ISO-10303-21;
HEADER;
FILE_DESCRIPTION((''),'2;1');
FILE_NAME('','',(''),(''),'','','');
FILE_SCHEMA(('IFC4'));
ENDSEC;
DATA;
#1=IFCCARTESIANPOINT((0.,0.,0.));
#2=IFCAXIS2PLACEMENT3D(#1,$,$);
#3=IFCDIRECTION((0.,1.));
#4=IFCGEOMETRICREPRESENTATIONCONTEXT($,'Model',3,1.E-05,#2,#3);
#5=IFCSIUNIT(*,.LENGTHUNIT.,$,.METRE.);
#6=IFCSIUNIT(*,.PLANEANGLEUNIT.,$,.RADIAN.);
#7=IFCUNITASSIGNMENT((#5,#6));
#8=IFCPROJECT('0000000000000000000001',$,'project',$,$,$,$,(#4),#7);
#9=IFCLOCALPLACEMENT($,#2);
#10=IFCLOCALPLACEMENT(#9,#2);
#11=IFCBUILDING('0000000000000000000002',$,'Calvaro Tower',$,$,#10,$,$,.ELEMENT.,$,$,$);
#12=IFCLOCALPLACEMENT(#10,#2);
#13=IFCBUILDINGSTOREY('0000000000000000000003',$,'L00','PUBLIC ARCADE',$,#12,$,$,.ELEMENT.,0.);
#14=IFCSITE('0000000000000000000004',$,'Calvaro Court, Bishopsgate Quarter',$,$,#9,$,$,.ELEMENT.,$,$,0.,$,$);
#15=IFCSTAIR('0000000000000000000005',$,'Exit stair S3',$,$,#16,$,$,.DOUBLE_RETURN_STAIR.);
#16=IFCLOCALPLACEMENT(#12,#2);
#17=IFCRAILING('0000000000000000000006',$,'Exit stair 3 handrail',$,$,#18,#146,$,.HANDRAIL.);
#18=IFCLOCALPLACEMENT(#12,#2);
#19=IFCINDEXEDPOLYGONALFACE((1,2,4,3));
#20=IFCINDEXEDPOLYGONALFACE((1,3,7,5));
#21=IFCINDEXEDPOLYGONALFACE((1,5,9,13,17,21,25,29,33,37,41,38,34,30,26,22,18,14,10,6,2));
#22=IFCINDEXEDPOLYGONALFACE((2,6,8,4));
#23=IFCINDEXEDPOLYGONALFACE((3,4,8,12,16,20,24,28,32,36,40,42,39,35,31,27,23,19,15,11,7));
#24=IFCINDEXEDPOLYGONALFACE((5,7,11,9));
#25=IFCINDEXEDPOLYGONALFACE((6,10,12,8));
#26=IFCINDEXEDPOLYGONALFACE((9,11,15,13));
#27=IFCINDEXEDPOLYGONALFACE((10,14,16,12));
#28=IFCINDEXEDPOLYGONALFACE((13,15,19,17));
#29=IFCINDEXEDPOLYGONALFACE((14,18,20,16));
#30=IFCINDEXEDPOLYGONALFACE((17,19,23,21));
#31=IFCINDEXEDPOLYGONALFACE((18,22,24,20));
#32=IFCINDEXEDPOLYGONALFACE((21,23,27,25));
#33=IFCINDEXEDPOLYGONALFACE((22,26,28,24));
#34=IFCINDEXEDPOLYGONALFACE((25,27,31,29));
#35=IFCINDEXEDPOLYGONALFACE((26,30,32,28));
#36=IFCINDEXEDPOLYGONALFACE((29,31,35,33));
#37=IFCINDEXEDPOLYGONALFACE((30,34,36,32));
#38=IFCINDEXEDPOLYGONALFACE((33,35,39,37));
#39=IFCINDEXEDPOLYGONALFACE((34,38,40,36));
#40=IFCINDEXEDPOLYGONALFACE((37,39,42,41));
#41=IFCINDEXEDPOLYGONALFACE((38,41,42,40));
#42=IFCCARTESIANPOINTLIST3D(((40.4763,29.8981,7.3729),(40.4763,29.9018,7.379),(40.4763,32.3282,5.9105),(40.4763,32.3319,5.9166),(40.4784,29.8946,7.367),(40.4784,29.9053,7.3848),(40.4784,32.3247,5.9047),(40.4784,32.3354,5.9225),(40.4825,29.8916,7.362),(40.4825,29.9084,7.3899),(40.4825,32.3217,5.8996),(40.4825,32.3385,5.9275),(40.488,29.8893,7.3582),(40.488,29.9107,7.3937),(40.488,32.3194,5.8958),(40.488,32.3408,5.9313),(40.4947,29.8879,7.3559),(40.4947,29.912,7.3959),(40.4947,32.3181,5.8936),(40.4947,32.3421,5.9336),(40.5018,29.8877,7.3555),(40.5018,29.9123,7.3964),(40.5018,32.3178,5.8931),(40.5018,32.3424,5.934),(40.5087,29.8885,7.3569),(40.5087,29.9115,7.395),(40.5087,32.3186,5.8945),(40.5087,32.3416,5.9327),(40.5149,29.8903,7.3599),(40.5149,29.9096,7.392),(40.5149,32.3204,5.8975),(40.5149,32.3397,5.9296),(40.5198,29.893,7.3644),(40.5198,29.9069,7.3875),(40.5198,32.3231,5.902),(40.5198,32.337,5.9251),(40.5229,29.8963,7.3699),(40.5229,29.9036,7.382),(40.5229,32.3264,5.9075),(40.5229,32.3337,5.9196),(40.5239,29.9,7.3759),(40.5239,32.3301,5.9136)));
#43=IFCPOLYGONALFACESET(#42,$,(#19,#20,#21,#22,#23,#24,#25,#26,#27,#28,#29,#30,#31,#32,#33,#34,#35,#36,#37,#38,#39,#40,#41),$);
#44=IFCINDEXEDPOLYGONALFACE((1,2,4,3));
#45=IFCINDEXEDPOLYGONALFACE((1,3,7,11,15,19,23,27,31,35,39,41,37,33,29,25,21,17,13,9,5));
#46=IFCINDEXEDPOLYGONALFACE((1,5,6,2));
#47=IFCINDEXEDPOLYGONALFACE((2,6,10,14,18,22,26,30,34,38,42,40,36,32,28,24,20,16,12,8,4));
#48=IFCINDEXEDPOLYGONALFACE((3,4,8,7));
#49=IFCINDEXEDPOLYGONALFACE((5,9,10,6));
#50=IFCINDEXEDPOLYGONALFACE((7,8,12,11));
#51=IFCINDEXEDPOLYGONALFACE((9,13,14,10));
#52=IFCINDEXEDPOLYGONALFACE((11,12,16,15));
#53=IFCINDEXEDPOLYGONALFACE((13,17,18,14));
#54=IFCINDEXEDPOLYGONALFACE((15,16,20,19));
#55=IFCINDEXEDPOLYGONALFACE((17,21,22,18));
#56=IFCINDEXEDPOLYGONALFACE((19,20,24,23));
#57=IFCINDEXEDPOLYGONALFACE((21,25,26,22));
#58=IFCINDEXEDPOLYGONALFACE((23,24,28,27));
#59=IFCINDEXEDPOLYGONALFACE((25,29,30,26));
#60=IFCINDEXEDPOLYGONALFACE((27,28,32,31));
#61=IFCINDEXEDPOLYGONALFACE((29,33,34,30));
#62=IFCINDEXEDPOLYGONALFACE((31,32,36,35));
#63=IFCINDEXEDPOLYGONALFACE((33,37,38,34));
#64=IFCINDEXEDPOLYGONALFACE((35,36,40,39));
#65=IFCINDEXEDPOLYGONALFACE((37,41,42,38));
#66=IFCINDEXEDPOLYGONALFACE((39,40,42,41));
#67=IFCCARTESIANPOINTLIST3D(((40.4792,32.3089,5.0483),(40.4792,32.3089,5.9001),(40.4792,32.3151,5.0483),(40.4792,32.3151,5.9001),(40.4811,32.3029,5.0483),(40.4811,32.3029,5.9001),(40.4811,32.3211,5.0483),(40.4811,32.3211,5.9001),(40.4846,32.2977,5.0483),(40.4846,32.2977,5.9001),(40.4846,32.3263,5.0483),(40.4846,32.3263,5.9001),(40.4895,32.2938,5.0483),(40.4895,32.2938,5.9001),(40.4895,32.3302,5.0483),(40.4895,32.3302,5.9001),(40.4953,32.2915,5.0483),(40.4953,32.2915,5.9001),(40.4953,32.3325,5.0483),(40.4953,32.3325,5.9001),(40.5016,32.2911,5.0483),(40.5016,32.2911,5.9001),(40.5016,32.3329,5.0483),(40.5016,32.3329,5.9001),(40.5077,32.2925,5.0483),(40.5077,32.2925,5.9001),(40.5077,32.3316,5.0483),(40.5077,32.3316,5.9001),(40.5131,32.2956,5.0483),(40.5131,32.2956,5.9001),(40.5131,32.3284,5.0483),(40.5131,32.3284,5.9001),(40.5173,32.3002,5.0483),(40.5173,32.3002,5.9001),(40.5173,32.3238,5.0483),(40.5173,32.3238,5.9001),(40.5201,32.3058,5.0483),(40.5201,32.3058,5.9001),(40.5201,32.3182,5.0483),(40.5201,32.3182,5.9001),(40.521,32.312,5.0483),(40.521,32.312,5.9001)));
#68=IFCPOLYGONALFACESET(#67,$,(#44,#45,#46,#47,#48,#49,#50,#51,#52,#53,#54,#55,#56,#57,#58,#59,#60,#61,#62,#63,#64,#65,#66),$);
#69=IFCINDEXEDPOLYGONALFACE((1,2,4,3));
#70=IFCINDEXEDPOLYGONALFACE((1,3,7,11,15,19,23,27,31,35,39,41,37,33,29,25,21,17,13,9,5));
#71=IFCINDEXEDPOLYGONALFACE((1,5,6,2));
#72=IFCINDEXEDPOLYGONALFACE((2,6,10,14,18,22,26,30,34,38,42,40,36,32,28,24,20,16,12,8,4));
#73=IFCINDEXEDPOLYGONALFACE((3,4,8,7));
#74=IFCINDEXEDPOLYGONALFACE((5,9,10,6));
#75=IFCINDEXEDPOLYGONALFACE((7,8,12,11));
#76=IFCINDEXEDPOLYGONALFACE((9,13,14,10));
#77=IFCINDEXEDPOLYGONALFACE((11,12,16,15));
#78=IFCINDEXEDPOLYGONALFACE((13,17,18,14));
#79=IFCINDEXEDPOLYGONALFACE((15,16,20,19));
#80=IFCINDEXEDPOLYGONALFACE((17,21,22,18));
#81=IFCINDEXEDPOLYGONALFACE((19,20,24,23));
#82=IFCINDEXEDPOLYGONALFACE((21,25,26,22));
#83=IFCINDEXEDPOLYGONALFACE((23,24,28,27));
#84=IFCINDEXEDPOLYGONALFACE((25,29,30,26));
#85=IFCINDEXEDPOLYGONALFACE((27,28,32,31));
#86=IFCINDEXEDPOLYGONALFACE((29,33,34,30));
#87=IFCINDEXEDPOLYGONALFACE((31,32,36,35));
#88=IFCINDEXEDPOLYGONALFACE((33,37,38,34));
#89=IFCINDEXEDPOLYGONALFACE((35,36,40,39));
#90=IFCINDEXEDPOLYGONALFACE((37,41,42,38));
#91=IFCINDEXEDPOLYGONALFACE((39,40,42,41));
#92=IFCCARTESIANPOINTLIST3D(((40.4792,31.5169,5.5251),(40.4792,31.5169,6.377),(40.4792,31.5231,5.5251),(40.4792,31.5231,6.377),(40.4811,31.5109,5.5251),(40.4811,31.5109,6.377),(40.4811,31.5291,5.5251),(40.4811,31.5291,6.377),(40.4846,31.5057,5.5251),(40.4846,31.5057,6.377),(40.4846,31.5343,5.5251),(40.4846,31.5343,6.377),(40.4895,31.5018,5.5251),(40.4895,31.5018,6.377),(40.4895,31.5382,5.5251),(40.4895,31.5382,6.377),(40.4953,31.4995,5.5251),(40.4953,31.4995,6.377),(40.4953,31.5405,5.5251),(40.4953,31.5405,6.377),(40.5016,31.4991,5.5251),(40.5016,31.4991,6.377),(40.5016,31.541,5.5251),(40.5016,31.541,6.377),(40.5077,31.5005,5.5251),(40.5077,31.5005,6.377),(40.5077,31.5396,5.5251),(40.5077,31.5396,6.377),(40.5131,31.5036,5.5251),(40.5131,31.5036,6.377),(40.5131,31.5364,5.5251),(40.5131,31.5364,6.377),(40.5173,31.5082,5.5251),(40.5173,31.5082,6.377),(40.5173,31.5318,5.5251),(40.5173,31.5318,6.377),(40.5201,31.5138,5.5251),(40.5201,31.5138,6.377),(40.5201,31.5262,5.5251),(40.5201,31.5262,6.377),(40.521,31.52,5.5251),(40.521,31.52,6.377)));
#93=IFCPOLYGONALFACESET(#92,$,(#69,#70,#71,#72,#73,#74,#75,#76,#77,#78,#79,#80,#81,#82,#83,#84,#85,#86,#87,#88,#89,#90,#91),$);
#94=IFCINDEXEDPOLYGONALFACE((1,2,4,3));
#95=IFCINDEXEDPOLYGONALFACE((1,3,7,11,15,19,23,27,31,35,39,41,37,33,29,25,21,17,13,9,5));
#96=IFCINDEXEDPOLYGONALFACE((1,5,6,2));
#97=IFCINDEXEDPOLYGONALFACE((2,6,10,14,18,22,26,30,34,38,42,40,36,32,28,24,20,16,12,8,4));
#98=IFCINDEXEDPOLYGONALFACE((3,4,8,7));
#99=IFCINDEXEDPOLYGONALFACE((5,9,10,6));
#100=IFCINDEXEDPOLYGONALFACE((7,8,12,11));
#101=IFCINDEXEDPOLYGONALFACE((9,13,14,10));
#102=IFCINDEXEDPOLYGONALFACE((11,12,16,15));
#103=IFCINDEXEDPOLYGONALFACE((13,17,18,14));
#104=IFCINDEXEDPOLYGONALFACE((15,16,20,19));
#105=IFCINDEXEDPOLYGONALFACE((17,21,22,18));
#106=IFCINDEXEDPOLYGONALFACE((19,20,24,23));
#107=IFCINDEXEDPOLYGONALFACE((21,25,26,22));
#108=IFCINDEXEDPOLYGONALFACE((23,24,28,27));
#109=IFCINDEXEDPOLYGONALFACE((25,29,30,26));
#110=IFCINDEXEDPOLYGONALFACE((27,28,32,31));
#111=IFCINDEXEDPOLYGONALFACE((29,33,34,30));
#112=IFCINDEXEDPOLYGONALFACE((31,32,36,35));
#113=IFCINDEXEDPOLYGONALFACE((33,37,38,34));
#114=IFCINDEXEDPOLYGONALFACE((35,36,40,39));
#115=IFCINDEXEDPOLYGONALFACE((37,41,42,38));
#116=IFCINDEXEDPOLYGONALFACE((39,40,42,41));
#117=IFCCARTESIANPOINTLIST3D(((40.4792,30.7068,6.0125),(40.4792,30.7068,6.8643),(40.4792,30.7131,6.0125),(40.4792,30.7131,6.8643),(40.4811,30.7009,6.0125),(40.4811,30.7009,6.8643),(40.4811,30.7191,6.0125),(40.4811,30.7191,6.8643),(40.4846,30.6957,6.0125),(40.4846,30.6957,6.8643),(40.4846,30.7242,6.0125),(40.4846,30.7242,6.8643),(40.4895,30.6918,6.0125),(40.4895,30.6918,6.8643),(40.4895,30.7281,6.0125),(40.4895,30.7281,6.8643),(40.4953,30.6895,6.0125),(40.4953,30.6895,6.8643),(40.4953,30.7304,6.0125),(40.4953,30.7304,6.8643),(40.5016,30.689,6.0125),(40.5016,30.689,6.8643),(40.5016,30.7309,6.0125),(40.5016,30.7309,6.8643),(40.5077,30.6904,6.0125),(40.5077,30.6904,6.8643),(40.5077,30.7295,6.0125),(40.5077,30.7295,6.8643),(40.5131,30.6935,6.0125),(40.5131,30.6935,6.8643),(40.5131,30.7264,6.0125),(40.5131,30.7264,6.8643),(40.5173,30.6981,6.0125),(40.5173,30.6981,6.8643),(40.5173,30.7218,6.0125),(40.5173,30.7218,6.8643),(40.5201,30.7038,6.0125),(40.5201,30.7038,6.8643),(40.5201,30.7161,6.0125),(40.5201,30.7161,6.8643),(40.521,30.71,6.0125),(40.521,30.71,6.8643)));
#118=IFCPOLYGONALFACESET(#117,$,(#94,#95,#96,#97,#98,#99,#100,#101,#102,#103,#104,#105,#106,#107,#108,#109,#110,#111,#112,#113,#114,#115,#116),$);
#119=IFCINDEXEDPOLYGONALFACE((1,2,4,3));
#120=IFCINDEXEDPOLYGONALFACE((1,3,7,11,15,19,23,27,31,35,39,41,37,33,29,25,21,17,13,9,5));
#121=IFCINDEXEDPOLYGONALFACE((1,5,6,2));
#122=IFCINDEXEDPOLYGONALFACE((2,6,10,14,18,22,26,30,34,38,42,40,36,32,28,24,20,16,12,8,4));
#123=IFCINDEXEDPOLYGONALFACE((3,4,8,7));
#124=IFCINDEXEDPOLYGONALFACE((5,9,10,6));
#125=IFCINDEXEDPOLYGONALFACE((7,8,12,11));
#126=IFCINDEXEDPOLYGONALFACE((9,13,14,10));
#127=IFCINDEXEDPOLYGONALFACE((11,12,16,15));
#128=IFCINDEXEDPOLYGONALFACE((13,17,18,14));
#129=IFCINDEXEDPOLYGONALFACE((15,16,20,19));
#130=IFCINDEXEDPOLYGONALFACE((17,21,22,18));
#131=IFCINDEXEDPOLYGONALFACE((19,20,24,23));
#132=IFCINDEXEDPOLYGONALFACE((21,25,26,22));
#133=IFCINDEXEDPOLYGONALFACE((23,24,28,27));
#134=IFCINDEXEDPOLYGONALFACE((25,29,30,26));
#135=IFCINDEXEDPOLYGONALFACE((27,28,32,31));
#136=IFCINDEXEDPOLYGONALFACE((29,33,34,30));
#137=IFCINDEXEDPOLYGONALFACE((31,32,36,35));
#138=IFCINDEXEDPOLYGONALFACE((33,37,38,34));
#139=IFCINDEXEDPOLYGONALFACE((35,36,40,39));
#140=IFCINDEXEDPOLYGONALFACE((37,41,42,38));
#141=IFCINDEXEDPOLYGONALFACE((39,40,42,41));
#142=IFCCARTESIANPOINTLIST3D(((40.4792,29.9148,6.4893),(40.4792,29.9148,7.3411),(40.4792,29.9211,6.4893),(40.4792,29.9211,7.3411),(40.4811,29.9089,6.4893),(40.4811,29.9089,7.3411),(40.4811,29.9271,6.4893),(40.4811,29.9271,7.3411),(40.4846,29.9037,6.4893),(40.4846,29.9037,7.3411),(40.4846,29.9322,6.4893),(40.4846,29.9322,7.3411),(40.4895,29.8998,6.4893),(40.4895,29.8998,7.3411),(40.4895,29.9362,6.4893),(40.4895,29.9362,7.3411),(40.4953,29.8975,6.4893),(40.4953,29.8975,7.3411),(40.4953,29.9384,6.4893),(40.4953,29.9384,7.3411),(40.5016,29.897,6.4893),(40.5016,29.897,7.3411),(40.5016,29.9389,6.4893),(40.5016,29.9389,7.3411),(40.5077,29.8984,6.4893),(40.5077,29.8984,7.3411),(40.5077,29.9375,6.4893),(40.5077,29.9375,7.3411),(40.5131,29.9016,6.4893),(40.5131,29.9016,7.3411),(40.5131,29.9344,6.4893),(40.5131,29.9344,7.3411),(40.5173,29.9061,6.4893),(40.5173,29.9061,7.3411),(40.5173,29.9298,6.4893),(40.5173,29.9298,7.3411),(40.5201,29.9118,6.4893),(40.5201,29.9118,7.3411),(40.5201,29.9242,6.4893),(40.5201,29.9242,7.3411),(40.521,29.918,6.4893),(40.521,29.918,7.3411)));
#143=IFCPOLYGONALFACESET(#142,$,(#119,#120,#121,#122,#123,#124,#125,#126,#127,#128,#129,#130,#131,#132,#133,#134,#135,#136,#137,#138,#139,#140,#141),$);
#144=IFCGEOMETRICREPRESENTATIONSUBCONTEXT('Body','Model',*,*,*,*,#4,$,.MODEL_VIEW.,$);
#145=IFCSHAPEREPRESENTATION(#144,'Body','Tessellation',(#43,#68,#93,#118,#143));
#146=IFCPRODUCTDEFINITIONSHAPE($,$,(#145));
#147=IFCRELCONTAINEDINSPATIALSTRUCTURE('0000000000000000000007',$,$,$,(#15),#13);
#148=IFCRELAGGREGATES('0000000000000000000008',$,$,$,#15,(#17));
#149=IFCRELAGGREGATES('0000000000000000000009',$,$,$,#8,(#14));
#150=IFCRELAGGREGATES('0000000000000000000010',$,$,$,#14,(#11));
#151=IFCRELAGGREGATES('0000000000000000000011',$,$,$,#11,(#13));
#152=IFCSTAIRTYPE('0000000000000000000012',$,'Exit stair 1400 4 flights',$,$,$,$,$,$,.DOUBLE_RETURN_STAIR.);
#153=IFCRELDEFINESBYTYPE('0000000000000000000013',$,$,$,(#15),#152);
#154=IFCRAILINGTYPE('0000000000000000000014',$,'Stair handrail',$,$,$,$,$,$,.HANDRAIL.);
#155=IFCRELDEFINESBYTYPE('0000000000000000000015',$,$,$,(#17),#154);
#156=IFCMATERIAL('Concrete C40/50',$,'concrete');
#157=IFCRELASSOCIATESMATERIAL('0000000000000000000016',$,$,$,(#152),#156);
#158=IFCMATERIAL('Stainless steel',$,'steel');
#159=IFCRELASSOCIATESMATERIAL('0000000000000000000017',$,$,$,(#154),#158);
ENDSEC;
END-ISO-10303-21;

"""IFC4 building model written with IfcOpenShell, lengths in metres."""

from ifc_helpers import new_model, si_unit, direction, frame, origin, origin_2d, place, context, subcontext, project, spatial, circle, extrude, material, type_object, element, aggregate, save


model = new_model("IFC4")

# Units and contexts
model_context = context("Model", 3, precision=1e-05, world=origin(), true_north=direction((0.0, 1.0)))
body_context = subcontext(model_context, "Body", "Model", "MODEL_VIEW")
ifc_project = project(units=[si_unit("LENGTHUNIT", "METRE"), si_unit("PLANEANGLEUNIT", "RADIAN")], contexts=[model_context])

# Site, building, storey
site_placement = place(None, origin())
site = spatial("IfcSite", under=ifc_project, at=site_placement, Name="Calvaro Court, Bishopsgate Quarter", CompositionType="ELEMENT", RefElevation=0.0)
building_placement = place(site_placement, origin())
building = spatial("IfcBuilding", under=site, at=building_placement, Name="Calvaro Tower", CompositionType="ELEMENT")
storey_placement = place(building_placement, origin())
storey = spatial("IfcBuildingStorey", under=building, at=storey_placement, Name="L00", Description="PUBLIC ARCADE", CompositionType="ELEMENT", Elevation=0.0)

# Stair
ifc_material_1 = material(Name="Concrete C40/50", Category="concrete")
stair_type = type_object("IfcStairType", Name="Exit stair 1400 4 flights", PredefinedType="DOUBLE_RETURN_STAIR", material=ifc_material_1)
stair_1_placement = place(storey_placement, origin())
stair_1 = element("IfcStair", 1, at=stair_1_placement, inside=storey, type_object=stair_type, Name="Exit stair S3", PredefinedType="DOUBLE_RETURN_STAIR")

# Railing
ifc_material_2 = material(Name="Stainless steel", Category="steel")
railing_type = type_object("IfcRailingType", Name="Stair handrail", PredefinedType="HANDRAIL", material=ifc_material_2)
railing_1_placement = place(storey_placement, frame((40.5, 32.3301, 5.0376)))
railing_1 = element("IfcRailing", 2, at=railing_1_placement, type_object=railing_type, Name="Exit stair 3 handrail", PredefinedType="HANDRAIL", context=body_context, shape_type="SweptSolid", body=[
    extrude(circle(Radius=0.0239, at=origin_2d()), frame((0.0, 0.0, 0.876), z_axis=(0.0, -0.856824, 0.515609), x_axis=(1.0, 0.0, 0.0)), (0.0, 0.0, 1.0), 2.8362),
    extrude(circle(Radius=0.021, at=origin_2d()), frame((0.0, -0.0181, 0.0107)), (0.0, 0.0, 1.0), 0.8518),
    extrude(circle(Radius=0.021, at=origin_2d()), frame((0.0, -0.8101, 0.4875)), (0.0, 0.0, 1.0), 0.8518),
    extrude(circle(Radius=0.021, at=origin_2d()), frame((0.0, -1.6201, 0.9749)), (0.0, 0.0, 1.0), 0.8518),
    extrude(circle(Radius=0.021, at=origin_2d()), frame((0.0, -2.4121, 1.4517)), (0.0, 0.0, 1.0), 0.8518),
])
aggregate(stair_1, [railing_1])

save(model, "model.ifc")
